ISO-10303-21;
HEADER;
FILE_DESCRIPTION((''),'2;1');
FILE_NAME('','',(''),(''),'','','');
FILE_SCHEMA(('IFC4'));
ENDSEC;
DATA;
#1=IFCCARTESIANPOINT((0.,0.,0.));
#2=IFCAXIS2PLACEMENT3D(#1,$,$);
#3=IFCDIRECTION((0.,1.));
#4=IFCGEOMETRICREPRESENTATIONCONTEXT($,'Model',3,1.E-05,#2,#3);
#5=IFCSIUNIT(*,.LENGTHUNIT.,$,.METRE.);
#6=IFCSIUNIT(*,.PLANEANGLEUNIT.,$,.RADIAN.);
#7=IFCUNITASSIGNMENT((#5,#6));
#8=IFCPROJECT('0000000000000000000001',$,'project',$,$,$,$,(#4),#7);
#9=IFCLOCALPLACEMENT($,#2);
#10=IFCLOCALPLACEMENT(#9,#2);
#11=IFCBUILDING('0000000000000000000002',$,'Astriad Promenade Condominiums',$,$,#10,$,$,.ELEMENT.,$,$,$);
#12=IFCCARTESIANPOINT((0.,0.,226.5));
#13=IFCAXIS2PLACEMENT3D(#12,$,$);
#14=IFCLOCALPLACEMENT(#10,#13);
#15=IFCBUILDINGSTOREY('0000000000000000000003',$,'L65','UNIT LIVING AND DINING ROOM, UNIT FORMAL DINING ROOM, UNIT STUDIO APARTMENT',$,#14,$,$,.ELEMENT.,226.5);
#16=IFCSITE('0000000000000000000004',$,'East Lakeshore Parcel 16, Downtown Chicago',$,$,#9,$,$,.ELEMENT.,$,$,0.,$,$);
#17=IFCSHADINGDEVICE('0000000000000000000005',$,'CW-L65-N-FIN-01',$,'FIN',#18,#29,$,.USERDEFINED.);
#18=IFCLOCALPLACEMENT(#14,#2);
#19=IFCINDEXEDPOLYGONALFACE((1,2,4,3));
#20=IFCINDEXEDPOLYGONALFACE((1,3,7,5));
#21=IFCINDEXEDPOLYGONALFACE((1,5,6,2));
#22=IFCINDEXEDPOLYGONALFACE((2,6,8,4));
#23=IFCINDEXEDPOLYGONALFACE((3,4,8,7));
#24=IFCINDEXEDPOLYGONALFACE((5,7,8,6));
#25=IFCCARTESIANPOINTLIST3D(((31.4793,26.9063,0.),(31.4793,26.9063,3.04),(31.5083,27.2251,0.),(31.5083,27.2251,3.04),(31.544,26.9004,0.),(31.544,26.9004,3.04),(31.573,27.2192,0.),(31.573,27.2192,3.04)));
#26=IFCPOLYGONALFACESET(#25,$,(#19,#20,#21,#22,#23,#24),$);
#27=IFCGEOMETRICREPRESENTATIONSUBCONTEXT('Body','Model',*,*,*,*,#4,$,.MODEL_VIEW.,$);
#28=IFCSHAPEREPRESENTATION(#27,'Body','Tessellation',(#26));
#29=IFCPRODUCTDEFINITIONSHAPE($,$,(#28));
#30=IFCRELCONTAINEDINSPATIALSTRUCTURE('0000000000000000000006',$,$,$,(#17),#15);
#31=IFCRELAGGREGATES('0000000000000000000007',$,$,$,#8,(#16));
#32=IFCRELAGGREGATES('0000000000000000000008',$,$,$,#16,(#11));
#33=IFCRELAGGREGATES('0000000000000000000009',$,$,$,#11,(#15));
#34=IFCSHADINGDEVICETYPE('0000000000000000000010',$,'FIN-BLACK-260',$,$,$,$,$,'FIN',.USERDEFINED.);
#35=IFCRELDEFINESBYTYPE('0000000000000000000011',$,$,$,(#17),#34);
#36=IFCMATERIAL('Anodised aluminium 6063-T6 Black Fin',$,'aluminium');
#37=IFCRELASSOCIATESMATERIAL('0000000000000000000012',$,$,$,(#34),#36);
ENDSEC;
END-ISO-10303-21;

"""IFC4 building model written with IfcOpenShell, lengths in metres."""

from ifc_helpers import new_model, si_unit, direction, frame, origin, origin_2d, place, context, subcontext, project, spatial, rectangle, extrude, source, transform, mapped, material, type_object, type_shapes, element, save


model = new_model("IFC4")

# Units and contexts
model_context = context("Model", 3, precision=1e-05, world=origin(), true_north=direction((0.0, 1.0)))
body_context = subcontext(model_context, "Body", "Model", "MODEL_VIEW")
ifc_project = project(units=[si_unit("LENGTHUNIT", "METRE"), si_unit("PLANEANGLEUNIT", "RADIAN")], contexts=[model_context])

# Site, building, storey
site_placement = place(None, origin())
site = spatial("IfcSite", under=ifc_project, at=site_placement, Name="East Lakeshore Parcel 16, Downtown Chicago", CompositionType="ELEMENT", RefElevation=0.0)
building_placement = place(site_placement, origin())
building = spatial("IfcBuilding", under=site, at=building_placement, Name="Astriad Promenade Condominiums", CompositionType="ELEMENT")
storey_placement = place(building_placement, frame((0.0, 0.0, 226.5)))
storey = spatial("IfcBuildingStorey", under=building, at=storey_placement, Name="L65", Description="UNIT LIVING AND DINING ROOM, UNIT FORMAL DINING ROOM, UNIT STUDIO APARTMENT", CompositionType="ELEMENT", Elevation=226.5)

# Shading device
ifc_material_1 = material(Name="Anodised aluminium 6063-T6 Black Fin", Category="aluminium")
shading_device_type = type_object("IfcShadingDeviceType", Name="FIN-BLACK-260", ElementType="FIN", PredefinedType="USERDEFINED", material=ifc_material_1)
shared_shape_1 = source(origin(), body_context, "Body", "SweptSolid", [
    extrude(rectangle(XDim=0.0649, YDim=0.3201, at=origin_2d()), origin(), (0.0, 0.0, 1.0), 3.04),
])
type_shapes(shading_device_type, [shared_shape_1])
shading_device_placement = place(storey_placement, frame((31.5261, 27.0627, 0.0), z_axis=(0.0, 0.0, 1.0), x_axis=(0.995884, -0.090633, 0.0)))
element("IfcShadingDevice", 1, at=shading_device_placement, inside=storey, type_object=shading_device_type, Name="CW-L65-N-FIN-01", ObjectType="FIN", PredefinedType="USERDEFINED", context=body_context, shape_type="MappedRepresentation", body=[
    mapped(shared_shape_1, transform((0.0, 0.0, 0.0), scale=1.0)),
])

save(model, "model.ifc")
